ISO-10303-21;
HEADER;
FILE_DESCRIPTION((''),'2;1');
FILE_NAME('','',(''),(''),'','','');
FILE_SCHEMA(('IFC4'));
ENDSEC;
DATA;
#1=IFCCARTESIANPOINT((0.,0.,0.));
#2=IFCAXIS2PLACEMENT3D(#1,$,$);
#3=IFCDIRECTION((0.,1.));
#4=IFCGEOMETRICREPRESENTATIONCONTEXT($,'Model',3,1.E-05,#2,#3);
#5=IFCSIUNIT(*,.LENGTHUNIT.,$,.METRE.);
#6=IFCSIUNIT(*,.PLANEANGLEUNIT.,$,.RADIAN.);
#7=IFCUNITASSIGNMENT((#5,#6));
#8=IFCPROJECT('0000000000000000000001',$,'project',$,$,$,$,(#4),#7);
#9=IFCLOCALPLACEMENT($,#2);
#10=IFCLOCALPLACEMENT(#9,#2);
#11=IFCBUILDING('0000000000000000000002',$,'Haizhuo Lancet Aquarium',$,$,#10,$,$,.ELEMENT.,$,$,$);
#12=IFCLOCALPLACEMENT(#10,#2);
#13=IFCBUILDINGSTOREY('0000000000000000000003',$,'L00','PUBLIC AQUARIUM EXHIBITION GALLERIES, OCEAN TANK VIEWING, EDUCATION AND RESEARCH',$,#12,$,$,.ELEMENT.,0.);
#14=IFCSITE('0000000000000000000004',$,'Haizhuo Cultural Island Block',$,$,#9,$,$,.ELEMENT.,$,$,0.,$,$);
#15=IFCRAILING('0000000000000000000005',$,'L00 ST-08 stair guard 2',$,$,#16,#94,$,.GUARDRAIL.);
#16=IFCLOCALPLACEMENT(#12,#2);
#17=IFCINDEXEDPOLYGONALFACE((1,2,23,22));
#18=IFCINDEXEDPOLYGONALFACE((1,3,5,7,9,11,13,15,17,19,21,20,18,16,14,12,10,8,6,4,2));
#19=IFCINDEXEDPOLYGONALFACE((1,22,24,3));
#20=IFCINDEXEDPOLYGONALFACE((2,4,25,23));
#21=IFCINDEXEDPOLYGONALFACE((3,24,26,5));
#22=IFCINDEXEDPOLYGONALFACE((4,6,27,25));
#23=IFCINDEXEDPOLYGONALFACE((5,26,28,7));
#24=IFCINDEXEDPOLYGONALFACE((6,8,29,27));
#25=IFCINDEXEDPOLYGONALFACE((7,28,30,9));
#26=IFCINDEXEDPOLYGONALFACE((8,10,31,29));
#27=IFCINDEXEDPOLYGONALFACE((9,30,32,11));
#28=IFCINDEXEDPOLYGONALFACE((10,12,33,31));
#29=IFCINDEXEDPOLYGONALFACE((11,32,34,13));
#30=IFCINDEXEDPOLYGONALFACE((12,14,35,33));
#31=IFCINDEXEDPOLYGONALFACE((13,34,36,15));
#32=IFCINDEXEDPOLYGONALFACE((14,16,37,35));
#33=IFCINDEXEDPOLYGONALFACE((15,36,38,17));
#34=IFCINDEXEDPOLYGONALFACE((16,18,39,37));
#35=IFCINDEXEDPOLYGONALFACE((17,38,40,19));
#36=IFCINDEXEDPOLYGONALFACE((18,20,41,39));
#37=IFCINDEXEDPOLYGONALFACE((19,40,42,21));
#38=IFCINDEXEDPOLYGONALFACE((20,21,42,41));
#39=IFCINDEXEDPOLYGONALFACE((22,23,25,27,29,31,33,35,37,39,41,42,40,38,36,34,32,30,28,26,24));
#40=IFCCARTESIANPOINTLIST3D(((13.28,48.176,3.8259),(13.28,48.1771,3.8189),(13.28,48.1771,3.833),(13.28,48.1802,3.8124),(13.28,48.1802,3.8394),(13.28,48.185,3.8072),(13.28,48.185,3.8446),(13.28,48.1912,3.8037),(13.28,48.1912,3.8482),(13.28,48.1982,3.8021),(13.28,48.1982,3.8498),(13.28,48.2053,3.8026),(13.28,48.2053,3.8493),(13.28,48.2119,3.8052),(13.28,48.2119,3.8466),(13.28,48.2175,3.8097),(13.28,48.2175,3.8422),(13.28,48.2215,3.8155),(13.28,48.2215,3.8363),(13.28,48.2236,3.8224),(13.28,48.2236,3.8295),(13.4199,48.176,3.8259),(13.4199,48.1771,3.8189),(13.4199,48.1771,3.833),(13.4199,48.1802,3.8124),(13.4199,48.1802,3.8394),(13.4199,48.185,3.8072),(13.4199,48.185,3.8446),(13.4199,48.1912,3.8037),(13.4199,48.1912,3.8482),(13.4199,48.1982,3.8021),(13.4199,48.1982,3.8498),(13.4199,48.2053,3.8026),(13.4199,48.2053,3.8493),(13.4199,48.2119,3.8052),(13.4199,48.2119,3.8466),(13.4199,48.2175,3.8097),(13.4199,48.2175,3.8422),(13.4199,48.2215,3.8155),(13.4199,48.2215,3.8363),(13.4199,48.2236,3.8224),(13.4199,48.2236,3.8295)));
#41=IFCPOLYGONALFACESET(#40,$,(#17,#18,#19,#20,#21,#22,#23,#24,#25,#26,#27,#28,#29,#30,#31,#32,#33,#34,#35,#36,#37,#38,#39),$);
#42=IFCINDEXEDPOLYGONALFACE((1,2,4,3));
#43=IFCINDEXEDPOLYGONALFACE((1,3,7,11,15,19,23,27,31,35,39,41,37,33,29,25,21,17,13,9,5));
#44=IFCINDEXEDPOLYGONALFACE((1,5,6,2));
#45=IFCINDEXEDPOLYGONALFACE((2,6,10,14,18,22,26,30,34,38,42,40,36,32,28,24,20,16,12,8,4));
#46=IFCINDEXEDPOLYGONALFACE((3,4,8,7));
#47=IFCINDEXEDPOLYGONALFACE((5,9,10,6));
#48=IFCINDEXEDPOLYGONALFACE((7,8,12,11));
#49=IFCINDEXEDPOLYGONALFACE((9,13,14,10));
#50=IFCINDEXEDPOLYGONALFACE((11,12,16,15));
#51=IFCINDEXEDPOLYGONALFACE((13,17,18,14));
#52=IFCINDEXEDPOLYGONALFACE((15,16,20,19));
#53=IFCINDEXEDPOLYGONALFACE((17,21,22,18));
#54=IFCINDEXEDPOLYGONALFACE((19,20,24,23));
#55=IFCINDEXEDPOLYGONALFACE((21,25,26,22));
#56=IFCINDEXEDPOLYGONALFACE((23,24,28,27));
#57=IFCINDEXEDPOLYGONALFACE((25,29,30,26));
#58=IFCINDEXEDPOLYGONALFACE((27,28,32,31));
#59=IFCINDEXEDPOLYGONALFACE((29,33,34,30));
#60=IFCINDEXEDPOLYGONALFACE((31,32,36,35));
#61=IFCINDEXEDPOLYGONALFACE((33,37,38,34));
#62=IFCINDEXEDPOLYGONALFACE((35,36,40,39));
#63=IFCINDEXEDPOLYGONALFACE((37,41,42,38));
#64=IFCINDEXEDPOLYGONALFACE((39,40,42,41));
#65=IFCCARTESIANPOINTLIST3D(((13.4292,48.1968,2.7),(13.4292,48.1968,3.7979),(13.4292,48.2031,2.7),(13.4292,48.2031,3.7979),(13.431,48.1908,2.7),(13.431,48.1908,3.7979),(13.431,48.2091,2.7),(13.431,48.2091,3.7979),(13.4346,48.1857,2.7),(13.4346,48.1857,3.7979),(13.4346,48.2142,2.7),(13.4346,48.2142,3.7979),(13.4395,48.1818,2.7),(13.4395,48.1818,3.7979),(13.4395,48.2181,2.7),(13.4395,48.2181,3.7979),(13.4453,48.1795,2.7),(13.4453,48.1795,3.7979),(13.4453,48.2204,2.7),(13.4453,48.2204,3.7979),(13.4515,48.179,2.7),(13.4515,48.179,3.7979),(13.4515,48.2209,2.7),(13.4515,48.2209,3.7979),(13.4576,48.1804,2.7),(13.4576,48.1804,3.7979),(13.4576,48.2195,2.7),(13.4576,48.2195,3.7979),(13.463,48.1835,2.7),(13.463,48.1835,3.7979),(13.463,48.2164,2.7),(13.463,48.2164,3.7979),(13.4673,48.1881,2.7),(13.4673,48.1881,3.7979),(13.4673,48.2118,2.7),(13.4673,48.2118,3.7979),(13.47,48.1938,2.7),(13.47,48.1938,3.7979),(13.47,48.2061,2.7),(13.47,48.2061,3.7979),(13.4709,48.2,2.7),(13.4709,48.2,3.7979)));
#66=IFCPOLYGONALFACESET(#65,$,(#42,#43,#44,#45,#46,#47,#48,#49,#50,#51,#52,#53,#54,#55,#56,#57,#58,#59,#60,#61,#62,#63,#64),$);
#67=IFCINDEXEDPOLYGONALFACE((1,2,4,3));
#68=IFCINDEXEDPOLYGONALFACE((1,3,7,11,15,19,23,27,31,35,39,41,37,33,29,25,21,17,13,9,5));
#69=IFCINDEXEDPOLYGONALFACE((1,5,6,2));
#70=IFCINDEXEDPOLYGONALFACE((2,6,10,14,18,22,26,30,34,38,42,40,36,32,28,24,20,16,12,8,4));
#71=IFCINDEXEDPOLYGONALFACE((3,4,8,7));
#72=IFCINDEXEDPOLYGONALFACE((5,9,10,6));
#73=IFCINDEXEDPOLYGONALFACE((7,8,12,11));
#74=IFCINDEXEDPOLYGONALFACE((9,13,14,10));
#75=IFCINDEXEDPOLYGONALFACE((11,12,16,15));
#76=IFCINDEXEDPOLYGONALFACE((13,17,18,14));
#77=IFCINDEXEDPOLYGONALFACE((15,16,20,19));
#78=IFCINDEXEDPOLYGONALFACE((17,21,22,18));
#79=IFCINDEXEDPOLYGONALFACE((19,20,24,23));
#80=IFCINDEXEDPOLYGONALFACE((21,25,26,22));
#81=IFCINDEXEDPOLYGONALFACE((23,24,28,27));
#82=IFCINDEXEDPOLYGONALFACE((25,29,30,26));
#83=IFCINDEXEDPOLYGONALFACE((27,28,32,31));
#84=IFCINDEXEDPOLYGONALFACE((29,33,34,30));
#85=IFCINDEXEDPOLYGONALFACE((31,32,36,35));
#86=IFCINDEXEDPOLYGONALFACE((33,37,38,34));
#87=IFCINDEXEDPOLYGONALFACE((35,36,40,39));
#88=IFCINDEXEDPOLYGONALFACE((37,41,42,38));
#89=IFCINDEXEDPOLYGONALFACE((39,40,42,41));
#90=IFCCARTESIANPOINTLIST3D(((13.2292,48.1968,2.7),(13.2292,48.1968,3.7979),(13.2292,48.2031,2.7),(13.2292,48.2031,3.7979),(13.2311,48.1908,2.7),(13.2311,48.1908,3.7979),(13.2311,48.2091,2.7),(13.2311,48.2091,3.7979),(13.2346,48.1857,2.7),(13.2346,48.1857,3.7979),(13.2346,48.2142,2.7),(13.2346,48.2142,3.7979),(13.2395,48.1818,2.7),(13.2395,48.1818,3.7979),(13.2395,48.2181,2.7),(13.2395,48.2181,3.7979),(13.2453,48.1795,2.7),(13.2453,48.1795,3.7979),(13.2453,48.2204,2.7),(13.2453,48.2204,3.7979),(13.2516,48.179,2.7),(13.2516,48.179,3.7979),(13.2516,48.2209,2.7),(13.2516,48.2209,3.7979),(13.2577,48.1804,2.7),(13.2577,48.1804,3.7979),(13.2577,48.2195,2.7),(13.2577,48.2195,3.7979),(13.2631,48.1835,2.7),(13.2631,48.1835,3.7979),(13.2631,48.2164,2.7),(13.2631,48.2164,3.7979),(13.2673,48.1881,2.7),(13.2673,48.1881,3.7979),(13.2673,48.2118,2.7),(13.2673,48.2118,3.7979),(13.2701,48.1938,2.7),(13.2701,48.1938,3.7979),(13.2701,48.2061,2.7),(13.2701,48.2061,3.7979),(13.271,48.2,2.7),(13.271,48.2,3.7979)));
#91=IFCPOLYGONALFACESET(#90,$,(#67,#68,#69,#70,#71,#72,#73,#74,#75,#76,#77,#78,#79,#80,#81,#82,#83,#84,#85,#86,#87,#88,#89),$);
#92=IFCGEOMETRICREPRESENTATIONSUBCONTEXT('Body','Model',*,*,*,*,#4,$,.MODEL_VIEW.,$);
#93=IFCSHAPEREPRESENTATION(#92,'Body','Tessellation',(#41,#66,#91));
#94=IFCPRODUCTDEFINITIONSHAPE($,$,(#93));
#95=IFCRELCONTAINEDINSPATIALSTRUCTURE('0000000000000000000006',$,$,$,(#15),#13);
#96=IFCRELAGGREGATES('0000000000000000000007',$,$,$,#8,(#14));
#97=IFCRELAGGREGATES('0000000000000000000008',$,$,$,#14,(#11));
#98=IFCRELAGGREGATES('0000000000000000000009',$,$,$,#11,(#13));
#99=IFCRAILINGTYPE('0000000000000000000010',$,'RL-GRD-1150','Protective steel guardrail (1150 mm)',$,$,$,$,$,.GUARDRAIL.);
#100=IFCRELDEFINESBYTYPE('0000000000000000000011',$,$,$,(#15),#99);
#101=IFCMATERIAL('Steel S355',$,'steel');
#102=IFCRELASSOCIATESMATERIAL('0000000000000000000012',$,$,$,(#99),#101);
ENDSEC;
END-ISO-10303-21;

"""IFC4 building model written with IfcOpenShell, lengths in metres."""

from ifc_helpers import new_model, si_unit, direction, frame, origin, origin_2d, place, context, subcontext, project, spatial, circle, extrude, material, type_object, element, save


model = new_model("IFC4")

# Units and contexts
model_context = context("Model", 3, precision=1e-05, world=origin(), true_north=direction((0.0, 1.0)))
body_context = subcontext(model_context, "Body", "Model", "MODEL_VIEW")
ifc_project = project(units=[si_unit("LENGTHUNIT", "METRE"), si_unit("PLANEANGLEUNIT", "RADIAN")], contexts=[model_context])

# Site, building, storey
site_placement = place(None, origin())
site = spatial("IfcSite", under=ifc_project, at=site_placement, Name="Haizhuo Cultural Island Block", CompositionType="ELEMENT", RefElevation=0.0)
building_placement = place(site_placement, origin())
building = spatial("IfcBuilding", under=site, at=building_placement, Name="Haizhuo Lancet Aquarium", CompositionType="ELEMENT")
storey_placement = place(building_placement, origin())
storey = spatial("IfcBuildingStorey", under=building, at=storey_placement, Name="L00", Description="PUBLIC AQUARIUM EXHIBITION GALLERIES, OCEAN TANK VIEWING, EDUCATION AND RESEARCH", CompositionType="ELEMENT", Elevation=0.0)

# Shared definitions
ifc_material_1 = material(Name="Steel S355", Category="steel")

# Railing
railing_type_1 = type_object("IfcRailingType", Name="RL-GRD-1150", Description="Protective steel guardrail (1150 mm)", PredefinedType="GUARDRAIL", material=ifc_material_1)
railing_1_placement = place(storey_placement, frame((13.45, 48.2, 2.7)))
element("IfcRailing", 1, at=railing_1_placement, inside=storey, type_object=railing_type_1, Name="L00 ST-08 stair guard 2", PredefinedType="GUARDRAIL", context=body_context, shape_type="SweptSolid", body=[
    extrude(circle(Radius=0.0239, at=origin_2d()), frame((-0.03, 0.0, 1.126), z_axis=(-1.0, 0.0, 0.0), x_axis=(0.0, -1.0, 0.0)), (0.0, 0.0, 1.0), 0.1399),
    extrude(circle(Radius=0.021, at=origin_2d()), origin(), (0.0, 0.0, 1.0), 1.0979),
    extrude(circle(Radius=0.021, at=origin_2d()), frame((-0.2, 0.0, 0.0)), (0.0, 0.0, 1.0), 1.0979),
])

save(model, "model.ifc")
